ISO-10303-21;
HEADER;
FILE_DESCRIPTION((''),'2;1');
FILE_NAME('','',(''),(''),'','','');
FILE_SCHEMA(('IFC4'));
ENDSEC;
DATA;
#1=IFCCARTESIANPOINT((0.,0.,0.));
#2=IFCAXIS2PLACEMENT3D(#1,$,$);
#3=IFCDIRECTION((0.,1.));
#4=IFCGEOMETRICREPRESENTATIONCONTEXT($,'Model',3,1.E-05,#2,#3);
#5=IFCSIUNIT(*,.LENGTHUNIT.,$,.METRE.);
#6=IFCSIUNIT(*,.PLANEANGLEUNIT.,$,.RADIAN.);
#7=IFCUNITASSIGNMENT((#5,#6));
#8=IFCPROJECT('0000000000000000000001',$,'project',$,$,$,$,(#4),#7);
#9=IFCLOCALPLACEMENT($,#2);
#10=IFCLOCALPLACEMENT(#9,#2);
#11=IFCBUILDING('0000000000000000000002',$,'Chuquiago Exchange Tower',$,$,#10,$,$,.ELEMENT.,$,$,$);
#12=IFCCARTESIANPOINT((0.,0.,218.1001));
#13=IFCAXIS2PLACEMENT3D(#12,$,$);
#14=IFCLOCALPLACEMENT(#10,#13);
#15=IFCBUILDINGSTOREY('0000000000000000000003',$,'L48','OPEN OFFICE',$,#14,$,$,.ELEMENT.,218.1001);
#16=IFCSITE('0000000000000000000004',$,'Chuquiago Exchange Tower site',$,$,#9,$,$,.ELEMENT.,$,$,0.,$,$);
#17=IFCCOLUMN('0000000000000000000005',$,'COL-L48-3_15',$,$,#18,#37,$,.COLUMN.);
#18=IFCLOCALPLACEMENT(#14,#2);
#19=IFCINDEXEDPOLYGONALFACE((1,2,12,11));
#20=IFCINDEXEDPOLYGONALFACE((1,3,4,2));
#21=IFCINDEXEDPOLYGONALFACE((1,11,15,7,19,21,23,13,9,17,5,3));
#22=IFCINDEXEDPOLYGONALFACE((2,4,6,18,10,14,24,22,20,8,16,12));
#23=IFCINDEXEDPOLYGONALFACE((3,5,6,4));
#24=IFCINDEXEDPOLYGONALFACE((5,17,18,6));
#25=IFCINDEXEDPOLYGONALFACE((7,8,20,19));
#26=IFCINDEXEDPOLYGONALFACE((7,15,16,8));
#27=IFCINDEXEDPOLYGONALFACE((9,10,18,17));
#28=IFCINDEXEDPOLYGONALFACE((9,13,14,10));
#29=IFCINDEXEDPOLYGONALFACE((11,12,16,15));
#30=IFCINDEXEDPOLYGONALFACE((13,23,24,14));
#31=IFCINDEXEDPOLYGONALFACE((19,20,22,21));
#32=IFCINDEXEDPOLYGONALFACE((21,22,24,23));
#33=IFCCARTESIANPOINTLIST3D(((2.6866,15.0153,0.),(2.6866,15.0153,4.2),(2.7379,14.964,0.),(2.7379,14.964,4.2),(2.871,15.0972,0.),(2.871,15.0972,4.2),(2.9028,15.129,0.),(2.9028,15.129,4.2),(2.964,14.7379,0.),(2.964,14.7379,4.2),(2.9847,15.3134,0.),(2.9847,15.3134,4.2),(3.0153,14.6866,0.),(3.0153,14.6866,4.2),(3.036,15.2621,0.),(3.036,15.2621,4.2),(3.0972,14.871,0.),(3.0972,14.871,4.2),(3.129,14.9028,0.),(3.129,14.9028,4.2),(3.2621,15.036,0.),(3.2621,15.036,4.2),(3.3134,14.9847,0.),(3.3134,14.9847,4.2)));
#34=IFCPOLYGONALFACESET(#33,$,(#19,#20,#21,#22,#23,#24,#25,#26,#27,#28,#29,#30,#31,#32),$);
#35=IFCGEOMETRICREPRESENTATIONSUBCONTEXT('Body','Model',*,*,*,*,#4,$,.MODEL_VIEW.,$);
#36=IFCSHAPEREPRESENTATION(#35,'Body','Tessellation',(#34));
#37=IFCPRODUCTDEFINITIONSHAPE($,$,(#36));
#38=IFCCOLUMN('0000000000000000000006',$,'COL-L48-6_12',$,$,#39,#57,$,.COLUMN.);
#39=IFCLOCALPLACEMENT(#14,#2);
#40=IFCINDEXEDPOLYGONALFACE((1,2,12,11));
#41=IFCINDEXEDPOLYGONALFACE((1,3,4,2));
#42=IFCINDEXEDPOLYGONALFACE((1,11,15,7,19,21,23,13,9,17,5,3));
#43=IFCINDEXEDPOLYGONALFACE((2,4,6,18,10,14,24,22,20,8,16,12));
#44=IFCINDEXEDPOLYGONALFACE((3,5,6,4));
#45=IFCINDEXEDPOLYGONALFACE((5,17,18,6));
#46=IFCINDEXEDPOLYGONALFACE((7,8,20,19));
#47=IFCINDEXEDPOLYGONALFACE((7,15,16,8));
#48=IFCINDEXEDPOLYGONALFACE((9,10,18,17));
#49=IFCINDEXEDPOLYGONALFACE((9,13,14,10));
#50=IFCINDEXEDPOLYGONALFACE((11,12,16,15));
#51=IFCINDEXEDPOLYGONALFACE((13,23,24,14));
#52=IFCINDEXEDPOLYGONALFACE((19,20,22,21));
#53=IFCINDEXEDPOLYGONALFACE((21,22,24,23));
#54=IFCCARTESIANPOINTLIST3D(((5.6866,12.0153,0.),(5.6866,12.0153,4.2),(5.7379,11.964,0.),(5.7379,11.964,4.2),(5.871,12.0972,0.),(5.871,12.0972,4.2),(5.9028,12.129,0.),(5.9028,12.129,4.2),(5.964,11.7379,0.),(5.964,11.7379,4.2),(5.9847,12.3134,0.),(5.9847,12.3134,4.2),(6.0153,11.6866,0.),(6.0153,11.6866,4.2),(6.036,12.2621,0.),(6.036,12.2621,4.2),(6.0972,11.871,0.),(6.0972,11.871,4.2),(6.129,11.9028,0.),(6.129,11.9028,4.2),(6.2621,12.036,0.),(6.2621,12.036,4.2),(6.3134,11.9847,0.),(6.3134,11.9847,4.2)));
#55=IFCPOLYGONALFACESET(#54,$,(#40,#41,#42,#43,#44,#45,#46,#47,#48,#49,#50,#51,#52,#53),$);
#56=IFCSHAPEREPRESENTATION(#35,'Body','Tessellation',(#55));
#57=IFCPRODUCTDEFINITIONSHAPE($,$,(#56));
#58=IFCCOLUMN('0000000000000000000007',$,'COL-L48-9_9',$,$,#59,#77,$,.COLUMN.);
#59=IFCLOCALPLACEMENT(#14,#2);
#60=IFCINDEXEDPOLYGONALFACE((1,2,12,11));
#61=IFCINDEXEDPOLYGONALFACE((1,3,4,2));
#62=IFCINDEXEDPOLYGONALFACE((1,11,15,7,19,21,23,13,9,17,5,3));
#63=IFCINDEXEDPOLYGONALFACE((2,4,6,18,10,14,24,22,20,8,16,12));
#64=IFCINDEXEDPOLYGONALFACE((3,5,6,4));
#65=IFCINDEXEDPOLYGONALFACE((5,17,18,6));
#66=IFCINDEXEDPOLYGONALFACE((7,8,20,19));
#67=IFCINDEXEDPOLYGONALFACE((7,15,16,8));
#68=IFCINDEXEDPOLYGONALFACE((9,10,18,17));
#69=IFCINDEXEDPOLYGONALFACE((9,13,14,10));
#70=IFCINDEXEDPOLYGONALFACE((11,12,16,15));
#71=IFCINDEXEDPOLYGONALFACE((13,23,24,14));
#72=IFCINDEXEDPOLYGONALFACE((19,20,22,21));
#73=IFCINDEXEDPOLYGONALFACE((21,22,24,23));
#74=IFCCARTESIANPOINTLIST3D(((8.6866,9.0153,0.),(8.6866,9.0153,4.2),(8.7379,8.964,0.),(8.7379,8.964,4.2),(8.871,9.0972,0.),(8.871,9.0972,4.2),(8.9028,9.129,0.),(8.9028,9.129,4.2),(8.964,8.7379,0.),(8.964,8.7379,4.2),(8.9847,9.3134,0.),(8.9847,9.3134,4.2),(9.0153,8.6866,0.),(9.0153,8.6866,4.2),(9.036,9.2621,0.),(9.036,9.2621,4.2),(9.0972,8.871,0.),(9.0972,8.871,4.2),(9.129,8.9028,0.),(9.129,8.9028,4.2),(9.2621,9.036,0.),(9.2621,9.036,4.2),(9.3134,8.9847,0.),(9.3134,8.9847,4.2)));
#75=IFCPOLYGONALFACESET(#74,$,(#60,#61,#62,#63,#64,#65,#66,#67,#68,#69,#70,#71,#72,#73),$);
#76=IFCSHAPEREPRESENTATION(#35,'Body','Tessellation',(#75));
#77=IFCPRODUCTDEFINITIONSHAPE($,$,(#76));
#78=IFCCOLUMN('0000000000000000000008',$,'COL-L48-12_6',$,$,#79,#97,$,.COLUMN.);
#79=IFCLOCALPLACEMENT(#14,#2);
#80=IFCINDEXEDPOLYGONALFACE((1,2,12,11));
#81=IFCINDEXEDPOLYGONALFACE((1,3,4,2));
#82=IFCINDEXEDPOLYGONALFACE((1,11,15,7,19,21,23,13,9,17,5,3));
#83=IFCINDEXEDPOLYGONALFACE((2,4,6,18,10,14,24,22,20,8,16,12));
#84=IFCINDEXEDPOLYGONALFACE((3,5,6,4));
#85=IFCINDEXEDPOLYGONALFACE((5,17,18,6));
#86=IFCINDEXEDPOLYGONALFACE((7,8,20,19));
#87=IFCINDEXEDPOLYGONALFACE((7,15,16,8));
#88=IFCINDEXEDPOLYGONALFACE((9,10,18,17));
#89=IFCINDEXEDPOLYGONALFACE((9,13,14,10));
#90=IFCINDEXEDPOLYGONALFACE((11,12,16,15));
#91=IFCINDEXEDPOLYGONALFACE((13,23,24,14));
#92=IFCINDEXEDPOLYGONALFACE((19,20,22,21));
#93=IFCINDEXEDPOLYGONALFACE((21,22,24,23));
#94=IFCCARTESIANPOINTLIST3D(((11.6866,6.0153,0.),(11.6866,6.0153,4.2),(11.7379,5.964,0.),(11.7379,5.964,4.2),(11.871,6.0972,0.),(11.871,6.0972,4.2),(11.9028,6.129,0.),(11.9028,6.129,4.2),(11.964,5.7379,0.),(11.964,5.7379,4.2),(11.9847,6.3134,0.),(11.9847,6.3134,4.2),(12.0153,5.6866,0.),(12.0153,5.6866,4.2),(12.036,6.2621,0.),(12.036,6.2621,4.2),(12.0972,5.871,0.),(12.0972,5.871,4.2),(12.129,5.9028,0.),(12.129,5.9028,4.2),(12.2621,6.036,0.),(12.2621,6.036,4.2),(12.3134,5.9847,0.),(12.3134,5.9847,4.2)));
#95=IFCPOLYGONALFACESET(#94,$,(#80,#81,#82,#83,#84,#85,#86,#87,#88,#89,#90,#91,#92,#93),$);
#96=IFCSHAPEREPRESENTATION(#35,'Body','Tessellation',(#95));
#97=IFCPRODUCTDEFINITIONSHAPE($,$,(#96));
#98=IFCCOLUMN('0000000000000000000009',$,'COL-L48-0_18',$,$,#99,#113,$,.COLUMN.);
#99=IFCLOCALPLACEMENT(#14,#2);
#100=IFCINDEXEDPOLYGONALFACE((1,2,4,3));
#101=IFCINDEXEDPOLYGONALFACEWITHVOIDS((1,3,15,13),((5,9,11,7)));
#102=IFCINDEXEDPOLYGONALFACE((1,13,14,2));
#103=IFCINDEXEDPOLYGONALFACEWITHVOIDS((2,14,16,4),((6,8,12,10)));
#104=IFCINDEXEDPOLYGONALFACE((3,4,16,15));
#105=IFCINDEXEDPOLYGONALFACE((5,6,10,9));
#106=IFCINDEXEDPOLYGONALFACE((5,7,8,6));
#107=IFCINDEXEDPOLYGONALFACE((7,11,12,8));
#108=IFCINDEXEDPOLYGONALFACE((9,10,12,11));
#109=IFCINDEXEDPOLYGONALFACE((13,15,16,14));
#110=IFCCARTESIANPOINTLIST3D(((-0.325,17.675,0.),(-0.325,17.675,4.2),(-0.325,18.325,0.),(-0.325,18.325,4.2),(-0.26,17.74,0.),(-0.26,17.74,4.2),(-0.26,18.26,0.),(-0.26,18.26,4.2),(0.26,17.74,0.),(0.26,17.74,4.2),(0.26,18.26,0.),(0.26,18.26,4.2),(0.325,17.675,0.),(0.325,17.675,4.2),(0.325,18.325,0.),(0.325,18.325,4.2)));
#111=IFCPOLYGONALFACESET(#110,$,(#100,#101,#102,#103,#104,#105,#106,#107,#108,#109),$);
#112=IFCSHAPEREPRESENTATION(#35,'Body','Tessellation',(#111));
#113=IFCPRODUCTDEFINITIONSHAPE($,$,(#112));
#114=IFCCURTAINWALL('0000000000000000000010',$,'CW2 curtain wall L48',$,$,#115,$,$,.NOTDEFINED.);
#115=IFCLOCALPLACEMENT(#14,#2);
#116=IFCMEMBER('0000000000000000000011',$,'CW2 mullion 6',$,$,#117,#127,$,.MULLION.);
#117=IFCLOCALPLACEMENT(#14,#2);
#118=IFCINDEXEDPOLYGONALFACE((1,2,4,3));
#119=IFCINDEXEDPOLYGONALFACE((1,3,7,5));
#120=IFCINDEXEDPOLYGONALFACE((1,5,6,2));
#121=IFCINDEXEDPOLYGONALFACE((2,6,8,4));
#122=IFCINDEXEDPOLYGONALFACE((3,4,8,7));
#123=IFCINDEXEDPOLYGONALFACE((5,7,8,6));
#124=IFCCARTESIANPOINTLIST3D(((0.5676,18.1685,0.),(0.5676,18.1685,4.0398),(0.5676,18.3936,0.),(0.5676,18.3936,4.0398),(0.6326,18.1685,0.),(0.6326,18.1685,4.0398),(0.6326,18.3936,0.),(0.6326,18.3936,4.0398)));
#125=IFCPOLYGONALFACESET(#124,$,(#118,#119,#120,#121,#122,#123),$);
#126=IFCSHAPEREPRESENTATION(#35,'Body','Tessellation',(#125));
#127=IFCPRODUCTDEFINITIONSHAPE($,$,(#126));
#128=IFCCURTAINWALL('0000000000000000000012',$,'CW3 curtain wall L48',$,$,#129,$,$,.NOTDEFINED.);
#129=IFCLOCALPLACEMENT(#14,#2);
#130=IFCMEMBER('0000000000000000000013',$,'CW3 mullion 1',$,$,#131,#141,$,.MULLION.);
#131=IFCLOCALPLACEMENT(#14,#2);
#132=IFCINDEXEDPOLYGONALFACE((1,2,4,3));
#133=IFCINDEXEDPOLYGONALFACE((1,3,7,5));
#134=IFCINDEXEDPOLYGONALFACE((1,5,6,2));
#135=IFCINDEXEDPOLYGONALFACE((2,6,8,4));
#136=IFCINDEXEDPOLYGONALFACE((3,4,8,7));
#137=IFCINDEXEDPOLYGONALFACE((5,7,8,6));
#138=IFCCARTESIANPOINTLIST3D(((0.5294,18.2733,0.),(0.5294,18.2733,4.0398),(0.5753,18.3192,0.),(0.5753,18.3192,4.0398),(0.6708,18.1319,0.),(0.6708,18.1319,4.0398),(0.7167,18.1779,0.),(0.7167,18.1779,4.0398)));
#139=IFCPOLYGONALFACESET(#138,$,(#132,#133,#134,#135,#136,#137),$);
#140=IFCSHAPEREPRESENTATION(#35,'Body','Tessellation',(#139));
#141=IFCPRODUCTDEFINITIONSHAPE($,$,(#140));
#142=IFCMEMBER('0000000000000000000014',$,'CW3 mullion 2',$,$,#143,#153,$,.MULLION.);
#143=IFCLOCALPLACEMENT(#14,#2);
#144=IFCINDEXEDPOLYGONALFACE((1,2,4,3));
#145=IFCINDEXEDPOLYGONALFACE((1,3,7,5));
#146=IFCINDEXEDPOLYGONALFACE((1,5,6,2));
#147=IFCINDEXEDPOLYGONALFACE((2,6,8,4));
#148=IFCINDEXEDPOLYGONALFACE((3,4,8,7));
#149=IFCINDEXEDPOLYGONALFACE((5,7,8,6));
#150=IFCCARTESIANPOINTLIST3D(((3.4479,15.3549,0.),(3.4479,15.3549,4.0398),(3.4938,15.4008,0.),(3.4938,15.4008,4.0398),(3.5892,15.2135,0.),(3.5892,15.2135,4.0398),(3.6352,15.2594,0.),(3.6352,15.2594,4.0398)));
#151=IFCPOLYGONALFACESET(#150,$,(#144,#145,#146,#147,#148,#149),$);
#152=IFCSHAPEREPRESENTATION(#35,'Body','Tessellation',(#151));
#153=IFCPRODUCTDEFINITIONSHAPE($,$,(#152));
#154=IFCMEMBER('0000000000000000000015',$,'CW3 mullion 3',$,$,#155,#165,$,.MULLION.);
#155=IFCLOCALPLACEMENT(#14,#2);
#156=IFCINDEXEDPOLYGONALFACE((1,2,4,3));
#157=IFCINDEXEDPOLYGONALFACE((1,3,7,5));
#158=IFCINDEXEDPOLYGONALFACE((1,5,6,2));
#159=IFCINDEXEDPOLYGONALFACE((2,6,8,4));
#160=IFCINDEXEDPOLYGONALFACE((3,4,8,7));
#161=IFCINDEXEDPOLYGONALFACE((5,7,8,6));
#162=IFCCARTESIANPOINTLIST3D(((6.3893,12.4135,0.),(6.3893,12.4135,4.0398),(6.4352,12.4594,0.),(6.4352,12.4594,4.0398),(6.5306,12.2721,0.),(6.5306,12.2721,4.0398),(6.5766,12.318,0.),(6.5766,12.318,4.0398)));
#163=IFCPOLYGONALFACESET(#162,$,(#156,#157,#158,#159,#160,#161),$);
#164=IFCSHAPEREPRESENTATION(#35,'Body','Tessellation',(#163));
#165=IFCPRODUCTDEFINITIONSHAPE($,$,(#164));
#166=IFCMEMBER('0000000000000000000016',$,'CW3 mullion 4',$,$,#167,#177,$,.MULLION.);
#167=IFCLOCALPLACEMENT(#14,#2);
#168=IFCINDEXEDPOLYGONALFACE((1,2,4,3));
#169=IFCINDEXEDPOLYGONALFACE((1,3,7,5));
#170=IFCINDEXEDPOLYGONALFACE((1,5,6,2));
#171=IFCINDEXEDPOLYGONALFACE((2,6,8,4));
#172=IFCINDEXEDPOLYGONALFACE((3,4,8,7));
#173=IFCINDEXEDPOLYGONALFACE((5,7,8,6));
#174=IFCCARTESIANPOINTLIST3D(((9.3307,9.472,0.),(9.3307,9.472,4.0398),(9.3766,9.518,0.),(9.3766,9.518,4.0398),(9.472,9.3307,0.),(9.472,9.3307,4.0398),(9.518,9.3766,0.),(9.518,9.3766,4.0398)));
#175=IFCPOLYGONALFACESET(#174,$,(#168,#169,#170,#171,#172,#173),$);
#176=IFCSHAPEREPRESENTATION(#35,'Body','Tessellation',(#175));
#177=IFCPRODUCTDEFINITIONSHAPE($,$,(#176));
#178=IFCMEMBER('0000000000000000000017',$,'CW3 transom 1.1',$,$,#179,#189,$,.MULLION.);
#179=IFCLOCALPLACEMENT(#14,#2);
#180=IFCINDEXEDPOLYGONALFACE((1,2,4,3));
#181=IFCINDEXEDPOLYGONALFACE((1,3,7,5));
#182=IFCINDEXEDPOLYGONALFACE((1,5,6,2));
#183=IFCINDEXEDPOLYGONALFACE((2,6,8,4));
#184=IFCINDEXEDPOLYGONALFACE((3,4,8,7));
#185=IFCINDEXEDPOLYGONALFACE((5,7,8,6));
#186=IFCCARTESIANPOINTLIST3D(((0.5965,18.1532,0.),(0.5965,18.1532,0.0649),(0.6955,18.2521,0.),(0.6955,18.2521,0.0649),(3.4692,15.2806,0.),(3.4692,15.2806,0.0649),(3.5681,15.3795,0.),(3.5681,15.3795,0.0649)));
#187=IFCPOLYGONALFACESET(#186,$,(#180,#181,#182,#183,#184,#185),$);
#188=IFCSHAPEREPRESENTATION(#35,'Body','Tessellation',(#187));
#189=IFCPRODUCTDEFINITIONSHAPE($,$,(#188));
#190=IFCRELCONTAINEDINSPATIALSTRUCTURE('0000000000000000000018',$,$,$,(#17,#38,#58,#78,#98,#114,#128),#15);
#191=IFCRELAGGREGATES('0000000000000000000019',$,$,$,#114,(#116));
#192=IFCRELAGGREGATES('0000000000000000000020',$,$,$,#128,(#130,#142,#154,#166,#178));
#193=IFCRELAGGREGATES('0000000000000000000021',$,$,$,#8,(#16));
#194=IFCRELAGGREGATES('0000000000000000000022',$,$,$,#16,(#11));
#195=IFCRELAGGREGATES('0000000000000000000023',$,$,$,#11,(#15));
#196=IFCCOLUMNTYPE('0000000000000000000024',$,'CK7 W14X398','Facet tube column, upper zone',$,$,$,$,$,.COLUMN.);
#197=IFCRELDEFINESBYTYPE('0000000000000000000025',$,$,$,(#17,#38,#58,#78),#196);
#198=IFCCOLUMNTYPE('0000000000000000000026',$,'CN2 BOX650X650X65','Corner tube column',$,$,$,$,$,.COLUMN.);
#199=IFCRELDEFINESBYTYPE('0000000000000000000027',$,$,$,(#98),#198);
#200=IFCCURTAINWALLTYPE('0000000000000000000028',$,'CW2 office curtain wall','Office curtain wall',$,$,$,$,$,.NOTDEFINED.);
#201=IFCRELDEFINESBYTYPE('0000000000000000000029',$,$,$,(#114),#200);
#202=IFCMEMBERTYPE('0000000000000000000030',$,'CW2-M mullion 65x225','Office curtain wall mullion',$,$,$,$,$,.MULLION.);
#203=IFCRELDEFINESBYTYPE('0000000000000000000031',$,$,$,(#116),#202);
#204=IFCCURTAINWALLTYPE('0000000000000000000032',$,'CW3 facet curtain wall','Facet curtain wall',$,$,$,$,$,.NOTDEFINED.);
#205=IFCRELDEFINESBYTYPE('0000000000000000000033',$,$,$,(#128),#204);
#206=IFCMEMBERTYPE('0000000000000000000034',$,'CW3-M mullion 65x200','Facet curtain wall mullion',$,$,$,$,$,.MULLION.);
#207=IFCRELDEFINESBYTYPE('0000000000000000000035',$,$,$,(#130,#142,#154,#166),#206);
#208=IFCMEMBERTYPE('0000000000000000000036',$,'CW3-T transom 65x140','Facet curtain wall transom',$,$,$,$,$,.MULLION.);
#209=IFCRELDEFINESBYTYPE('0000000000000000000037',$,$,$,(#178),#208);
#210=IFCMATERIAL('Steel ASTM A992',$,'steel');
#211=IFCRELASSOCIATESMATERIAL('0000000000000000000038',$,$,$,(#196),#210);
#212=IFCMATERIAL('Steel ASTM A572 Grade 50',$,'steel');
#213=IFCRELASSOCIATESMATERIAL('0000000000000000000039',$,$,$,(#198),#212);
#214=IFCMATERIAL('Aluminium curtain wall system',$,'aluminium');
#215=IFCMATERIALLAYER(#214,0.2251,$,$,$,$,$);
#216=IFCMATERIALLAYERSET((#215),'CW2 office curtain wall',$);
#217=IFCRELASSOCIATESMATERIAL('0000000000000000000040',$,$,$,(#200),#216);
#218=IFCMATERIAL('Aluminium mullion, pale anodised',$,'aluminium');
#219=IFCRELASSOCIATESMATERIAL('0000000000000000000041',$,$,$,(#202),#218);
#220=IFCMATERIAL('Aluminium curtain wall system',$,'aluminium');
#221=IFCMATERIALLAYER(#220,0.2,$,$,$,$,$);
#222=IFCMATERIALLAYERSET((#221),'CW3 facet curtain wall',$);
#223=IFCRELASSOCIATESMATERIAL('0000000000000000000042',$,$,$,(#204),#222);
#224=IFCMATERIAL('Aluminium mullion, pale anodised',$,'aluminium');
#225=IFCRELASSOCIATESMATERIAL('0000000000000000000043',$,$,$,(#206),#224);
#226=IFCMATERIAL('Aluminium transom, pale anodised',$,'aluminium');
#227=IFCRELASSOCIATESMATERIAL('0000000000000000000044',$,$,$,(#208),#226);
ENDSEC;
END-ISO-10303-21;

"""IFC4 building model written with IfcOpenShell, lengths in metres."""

from ifc_helpers import new_model, si_unit, direction, frame, origin, origin_2d, place, context, subcontext, project, spatial, rectangle, hollow_rectangle, i_section, extrude, material, layer, layer_set, material_profile, profile_set, type_object, element, aggregate, save


model = new_model("IFC4")

# Units and contexts
model_context = context("Model", 3, precision=1e-05, world=origin(), true_north=direction((0.0, 1.0)))
body_context = subcontext(model_context, "Body", "Model", "MODEL_VIEW")
ifc_project = project(units=[si_unit("LENGTHUNIT", "METRE"), si_unit("PLANEANGLEUNIT", "RADIAN")], contexts=[model_context])

# Site, building, storey
site_placement = place(None, origin())
site = spatial("IfcSite", under=ifc_project, at=site_placement, Name="Chuquiago Exchange Tower site", CompositionType="ELEMENT", RefElevation=0.0)
building_placement = place(site_placement, origin())
building = spatial("IfcBuilding", under=site, at=building_placement, Name="Chuquiago Exchange Tower", CompositionType="ELEMENT")
storey_placement = place(building_placement, frame((0.0, 0.0, 218.1001)))
storey = spatial("IfcBuildingStorey", under=building, at=storey_placement, Name="L48", Description="OPEN OFFICE", CompositionType="ELEMENT", Elevation=218.1001)

# Columns
ifc_material_1 = material(Name="Steel ASTM A992", Category="steel")
ifc_material_profile_1 = material_profile(ifc_material_1, i_section(OverallWidth=0.4216, OverallDepth=0.4648, WebThickness=0.0449, FlangeThickness=0.0725, at=origin_2d()), Name="W14X398")
ifc_profile_set_1 = profile_set([ifc_material_profile_1], Name="Steel ASTM A992")
column_type_1 = type_object("IfcColumnType", Name="CK7 W14X398", Description="Facet tube column, upper zone", PredefinedType="COLUMN", material=ifc_profile_set_1)
for number, where, z_axis, x_axis, name in (
    (1, (3.0, 15.0, 0.0), (0.0, 0.0, 1.0), (-0.707107, -0.707107, 0.0), "COL-L48-3_15"),
    (2, (6.0, 12.0, 0.0), (0.0, 0.0, 1.0), (-0.707107, -0.707107, 0.0), "COL-L48-6_12"),
    (3, (9.0, 9.0, 0.0), (0.0, 0.0, 1.0), (-0.707107, -0.707107, 0.0), "COL-L48-9_9"),
    (4, (12.0, 6.0, 0.0), (0.0, 0.0, 1.0), (-0.707107, -0.707107, 0.0), "COL-L48-12_6"),
):
    element("IfcColumn", number, at=place(storey_placement, frame(where, z_axis=z_axis, x_axis=x_axis)), inside=storey, type_object=column_type_1, Name=name, PredefinedType="COLUMN", context=body_context, shape_type="SweptSolid", body=[
        extrude(i_section(OverallWidth=0.4216, OverallDepth=0.4648, WebThickness=0.0449, FlangeThickness=0.0725, at=origin_2d()), origin(), (0.0, 0.0, 1.0), 4.2),
    ])
ifc_material_2 = material(Name="Steel ASTM A572 Grade 50", Category="steel")
ifc_material_profile_2 = material_profile(ifc_material_2, hollow_rectangle(XDim=0.6499, YDim=0.6499, WallThickness=0.0649, at=origin_2d()), Name="BOX650X650X65")
ifc_profile_set_2 = profile_set([ifc_material_profile_2], Name="Steel ASTM A572 Grade 50")
column_type_2 = type_object("IfcColumnType", Name="CN2 BOX650X650X65", Description="Corner tube column", PredefinedType="COLUMN", material=ifc_profile_set_2)
column_placement = place(storey_placement, frame((0.0, 18.0, 0.0), z_axis=(0.0, 0.0, 1.0), x_axis=(-1.0, 0.0, 0.0)))
element("IfcColumn", 5, at=column_placement, inside=storey, type_object=column_type_2, Name="COL-L48-0_18", PredefinedType="COLUMN", context=body_context, shape_type="SweptSolid", body=[
    extrude(hollow_rectangle(XDim=0.6499, YDim=0.6499, WallThickness=0.0649, at=origin_2d()), origin(), (0.0, 0.0, 1.0), 4.2),
])

# Curtain wall, member
ifc_material_3 = material(Name="Aluminium curtain wall system", Category="aluminium")
ifc_layer_1 = layer(ifc_material_3, 0.2251)
ifc_layer_set_1 = layer_set([ifc_layer_1], Name="CW2 office curtain wall")
curtain_wall_type_1 = type_object("IfcCurtainWallType", Name="CW2 office curtain wall", Description="Office curtain wall", PredefinedType="NOTDEFINED", material=ifc_layer_set_1)
curtain_wall_1_placement = place(storey_placement, origin())
curtain_wall_1 = element("IfcCurtainWall", 6, at=curtain_wall_1_placement, inside=storey, type_object=curtain_wall_type_1, Name="CW2 curtain wall L48", PredefinedType="NOTDEFINED")
ifc_material_4 = material(Name="Aluminium mullion, pale anodised", Category="aluminium")
ifc_material_profile_3 = material_profile(ifc_material_4, rectangle(XDim=0.0649, YDim=0.2251, at=origin_2d()), Name="AL 65x225")
ifc_profile_set_3 = profile_set([ifc_material_profile_3], Name="Aluminium mullion, pale anodised")
member_type_1 = type_object("IfcMemberType", Name="CW2-M mullion 65x225", Description="Office curtain wall mullion", PredefinedType="MULLION", material=ifc_profile_set_3)
member_1_placement = place(storey_placement, frame((0.6001, 18.281, 0.0), z_axis=(0.0, 0.0, 1.0), x_axis=(1.0, 0.0, 0.0)))
member_1 = element("IfcMember", 7, at=member_1_placement, type_object=member_type_1, Name="CW2 mullion 6", PredefinedType="MULLION", context=body_context, shape_type="SweptSolid", body=[
    extrude(rectangle(XDim=0.0649, YDim=0.2251, at=origin_2d()), origin(), (0.0, 0.0, 1.0), 4.0398),
])
aggregate(curtain_wall_1, [member_1])

# Curtain wall, members
ifc_material_5 = material(Name="Aluminium curtain wall system", Category="aluminium")
ifc_layer_2 = layer(ifc_material_5, 0.2)
ifc_layer_set_2 = layer_set([ifc_layer_2], Name="CW3 facet curtain wall")
curtain_wall_type_2 = type_object("IfcCurtainWallType", Name="CW3 facet curtain wall", Description="Facet curtain wall", PredefinedType="NOTDEFINED", material=ifc_layer_set_2)
curtain_wall_2_placement = place(storey_placement, origin())
curtain_wall_2 = element("IfcCurtainWall", 8, at=curtain_wall_2_placement, inside=storey, type_object=curtain_wall_type_2, Name="CW3 curtain wall L48", PredefinedType="NOTDEFINED")
ifc_material_6 = material(Name="Aluminium mullion, pale anodised", Category="aluminium")
ifc_material_profile_4 = material_profile(ifc_material_6, rectangle(XDim=0.0649, YDim=0.2, at=origin_2d()), Name="AL 65x200")
ifc_profile_set_4 = profile_set([ifc_material_profile_4], Name="Aluminium mullion, pale anodised")
member_type_2 = type_object("IfcMemberType", Name="CW3-M mullion 65x200", Description="Facet curtain wall mullion", PredefinedType="MULLION", material=ifc_profile_set_4)
member_2_placement = place(storey_placement, frame((0.623, 18.2256, 0.0), z_axis=(0.0, 0.0, 1.0), x_axis=(0.707107, 0.707107, 0.0)))
member_2 = element("IfcMember", 9, at=member_2_placement, type_object=member_type_2, Name="CW3 mullion 1", PredefinedType="MULLION", context=body_context, shape_type="SweptSolid", body=[
    extrude(rectangle(XDim=0.0649, YDim=0.2, at=origin_2d()), origin(), (0.0, 0.0, 1.0), 4.0398),
])
member_3_placement = place(storey_placement, frame((3.5415, 15.3071, 0.0), z_axis=(0.0, 0.0, 1.0), x_axis=(0.707107, 0.707107, 0.0)))
member_3 = element("IfcMember", 10, at=member_3_placement, type_object=member_type_2, Name="CW3 mullion 2", PredefinedType="MULLION", context=body_context, shape_type="SweptSolid", body=[
    extrude(rectangle(XDim=0.0649, YDim=0.2, at=origin_2d()), origin(), (0.0, 0.0, 1.0), 4.0398),
])
member_4_placement = place(storey_placement, frame((6.4829, 12.3657, 0.0), z_axis=(0.0, 0.0, 1.0), x_axis=(0.707107, 0.707107, 0.0)))
member_4 = element("IfcMember", 11, at=member_4_placement, type_object=member_type_2, Name="CW3 mullion 3", PredefinedType="MULLION", context=body_context, shape_type="SweptSolid", body=[
    extrude(rectangle(XDim=0.0649, YDim=0.2, at=origin_2d()), origin(), (0.0, 0.0, 1.0), 4.0398),
])
member_5_placement = place(storey_placement, frame((9.4243, 9.4243, 0.0), z_axis=(0.0, 0.0, 1.0), x_axis=(0.707107, 0.707107, 0.0)))
member_5 = element("IfcMember", 12, at=member_5_placement, type_object=member_type_2, Name="CW3 mullion 4", PredefinedType="MULLION", context=body_context, shape_type="SweptSolid", body=[
    extrude(rectangle(XDim=0.0649, YDim=0.2, at=origin_2d()), origin(), (0.0, 0.0, 1.0), 4.0398),
])
ifc_material_7 = material(Name="Aluminium transom, pale anodised", Category="aluminium")
ifc_material_profile_5 = material_profile(ifc_material_7, rectangle(XDim=0.1399, YDim=0.0649, at=origin_2d()), Name="AL 140x65")
ifc_profile_set_5 = profile_set([ifc_material_profile_5], Name="Aluminium transom, pale anodised")
member_type_3 = type_object("IfcMemberType", Name="CW3-T transom 65x140", Description="Facet curtain wall transom", PredefinedType="MULLION", material=ifc_profile_set_5)
member_6_placement = place(storey_placement, frame((0.646, 18.2026, 0.0325), z_axis=(0.707107, -0.707107, 0.0), x_axis=(0.707107, 0.707107, 0.0)))
member_6 = element("IfcMember", 13, at=member_6_placement, type_object=member_type_3, Name="CW3 transom 1.1", PredefinedType="MULLION", context=body_context, shape_type="SweptSolid", body=[
    extrude(rectangle(XDim=0.1399, YDim=0.0649, at=origin_2d()), origin(), (0.0, 0.0, 1.0), 4.0625),
])

aggregate(curtain_wall_2, [member_2, member_3, member_4, member_5, member_6])

save(model, "model.ifc")
